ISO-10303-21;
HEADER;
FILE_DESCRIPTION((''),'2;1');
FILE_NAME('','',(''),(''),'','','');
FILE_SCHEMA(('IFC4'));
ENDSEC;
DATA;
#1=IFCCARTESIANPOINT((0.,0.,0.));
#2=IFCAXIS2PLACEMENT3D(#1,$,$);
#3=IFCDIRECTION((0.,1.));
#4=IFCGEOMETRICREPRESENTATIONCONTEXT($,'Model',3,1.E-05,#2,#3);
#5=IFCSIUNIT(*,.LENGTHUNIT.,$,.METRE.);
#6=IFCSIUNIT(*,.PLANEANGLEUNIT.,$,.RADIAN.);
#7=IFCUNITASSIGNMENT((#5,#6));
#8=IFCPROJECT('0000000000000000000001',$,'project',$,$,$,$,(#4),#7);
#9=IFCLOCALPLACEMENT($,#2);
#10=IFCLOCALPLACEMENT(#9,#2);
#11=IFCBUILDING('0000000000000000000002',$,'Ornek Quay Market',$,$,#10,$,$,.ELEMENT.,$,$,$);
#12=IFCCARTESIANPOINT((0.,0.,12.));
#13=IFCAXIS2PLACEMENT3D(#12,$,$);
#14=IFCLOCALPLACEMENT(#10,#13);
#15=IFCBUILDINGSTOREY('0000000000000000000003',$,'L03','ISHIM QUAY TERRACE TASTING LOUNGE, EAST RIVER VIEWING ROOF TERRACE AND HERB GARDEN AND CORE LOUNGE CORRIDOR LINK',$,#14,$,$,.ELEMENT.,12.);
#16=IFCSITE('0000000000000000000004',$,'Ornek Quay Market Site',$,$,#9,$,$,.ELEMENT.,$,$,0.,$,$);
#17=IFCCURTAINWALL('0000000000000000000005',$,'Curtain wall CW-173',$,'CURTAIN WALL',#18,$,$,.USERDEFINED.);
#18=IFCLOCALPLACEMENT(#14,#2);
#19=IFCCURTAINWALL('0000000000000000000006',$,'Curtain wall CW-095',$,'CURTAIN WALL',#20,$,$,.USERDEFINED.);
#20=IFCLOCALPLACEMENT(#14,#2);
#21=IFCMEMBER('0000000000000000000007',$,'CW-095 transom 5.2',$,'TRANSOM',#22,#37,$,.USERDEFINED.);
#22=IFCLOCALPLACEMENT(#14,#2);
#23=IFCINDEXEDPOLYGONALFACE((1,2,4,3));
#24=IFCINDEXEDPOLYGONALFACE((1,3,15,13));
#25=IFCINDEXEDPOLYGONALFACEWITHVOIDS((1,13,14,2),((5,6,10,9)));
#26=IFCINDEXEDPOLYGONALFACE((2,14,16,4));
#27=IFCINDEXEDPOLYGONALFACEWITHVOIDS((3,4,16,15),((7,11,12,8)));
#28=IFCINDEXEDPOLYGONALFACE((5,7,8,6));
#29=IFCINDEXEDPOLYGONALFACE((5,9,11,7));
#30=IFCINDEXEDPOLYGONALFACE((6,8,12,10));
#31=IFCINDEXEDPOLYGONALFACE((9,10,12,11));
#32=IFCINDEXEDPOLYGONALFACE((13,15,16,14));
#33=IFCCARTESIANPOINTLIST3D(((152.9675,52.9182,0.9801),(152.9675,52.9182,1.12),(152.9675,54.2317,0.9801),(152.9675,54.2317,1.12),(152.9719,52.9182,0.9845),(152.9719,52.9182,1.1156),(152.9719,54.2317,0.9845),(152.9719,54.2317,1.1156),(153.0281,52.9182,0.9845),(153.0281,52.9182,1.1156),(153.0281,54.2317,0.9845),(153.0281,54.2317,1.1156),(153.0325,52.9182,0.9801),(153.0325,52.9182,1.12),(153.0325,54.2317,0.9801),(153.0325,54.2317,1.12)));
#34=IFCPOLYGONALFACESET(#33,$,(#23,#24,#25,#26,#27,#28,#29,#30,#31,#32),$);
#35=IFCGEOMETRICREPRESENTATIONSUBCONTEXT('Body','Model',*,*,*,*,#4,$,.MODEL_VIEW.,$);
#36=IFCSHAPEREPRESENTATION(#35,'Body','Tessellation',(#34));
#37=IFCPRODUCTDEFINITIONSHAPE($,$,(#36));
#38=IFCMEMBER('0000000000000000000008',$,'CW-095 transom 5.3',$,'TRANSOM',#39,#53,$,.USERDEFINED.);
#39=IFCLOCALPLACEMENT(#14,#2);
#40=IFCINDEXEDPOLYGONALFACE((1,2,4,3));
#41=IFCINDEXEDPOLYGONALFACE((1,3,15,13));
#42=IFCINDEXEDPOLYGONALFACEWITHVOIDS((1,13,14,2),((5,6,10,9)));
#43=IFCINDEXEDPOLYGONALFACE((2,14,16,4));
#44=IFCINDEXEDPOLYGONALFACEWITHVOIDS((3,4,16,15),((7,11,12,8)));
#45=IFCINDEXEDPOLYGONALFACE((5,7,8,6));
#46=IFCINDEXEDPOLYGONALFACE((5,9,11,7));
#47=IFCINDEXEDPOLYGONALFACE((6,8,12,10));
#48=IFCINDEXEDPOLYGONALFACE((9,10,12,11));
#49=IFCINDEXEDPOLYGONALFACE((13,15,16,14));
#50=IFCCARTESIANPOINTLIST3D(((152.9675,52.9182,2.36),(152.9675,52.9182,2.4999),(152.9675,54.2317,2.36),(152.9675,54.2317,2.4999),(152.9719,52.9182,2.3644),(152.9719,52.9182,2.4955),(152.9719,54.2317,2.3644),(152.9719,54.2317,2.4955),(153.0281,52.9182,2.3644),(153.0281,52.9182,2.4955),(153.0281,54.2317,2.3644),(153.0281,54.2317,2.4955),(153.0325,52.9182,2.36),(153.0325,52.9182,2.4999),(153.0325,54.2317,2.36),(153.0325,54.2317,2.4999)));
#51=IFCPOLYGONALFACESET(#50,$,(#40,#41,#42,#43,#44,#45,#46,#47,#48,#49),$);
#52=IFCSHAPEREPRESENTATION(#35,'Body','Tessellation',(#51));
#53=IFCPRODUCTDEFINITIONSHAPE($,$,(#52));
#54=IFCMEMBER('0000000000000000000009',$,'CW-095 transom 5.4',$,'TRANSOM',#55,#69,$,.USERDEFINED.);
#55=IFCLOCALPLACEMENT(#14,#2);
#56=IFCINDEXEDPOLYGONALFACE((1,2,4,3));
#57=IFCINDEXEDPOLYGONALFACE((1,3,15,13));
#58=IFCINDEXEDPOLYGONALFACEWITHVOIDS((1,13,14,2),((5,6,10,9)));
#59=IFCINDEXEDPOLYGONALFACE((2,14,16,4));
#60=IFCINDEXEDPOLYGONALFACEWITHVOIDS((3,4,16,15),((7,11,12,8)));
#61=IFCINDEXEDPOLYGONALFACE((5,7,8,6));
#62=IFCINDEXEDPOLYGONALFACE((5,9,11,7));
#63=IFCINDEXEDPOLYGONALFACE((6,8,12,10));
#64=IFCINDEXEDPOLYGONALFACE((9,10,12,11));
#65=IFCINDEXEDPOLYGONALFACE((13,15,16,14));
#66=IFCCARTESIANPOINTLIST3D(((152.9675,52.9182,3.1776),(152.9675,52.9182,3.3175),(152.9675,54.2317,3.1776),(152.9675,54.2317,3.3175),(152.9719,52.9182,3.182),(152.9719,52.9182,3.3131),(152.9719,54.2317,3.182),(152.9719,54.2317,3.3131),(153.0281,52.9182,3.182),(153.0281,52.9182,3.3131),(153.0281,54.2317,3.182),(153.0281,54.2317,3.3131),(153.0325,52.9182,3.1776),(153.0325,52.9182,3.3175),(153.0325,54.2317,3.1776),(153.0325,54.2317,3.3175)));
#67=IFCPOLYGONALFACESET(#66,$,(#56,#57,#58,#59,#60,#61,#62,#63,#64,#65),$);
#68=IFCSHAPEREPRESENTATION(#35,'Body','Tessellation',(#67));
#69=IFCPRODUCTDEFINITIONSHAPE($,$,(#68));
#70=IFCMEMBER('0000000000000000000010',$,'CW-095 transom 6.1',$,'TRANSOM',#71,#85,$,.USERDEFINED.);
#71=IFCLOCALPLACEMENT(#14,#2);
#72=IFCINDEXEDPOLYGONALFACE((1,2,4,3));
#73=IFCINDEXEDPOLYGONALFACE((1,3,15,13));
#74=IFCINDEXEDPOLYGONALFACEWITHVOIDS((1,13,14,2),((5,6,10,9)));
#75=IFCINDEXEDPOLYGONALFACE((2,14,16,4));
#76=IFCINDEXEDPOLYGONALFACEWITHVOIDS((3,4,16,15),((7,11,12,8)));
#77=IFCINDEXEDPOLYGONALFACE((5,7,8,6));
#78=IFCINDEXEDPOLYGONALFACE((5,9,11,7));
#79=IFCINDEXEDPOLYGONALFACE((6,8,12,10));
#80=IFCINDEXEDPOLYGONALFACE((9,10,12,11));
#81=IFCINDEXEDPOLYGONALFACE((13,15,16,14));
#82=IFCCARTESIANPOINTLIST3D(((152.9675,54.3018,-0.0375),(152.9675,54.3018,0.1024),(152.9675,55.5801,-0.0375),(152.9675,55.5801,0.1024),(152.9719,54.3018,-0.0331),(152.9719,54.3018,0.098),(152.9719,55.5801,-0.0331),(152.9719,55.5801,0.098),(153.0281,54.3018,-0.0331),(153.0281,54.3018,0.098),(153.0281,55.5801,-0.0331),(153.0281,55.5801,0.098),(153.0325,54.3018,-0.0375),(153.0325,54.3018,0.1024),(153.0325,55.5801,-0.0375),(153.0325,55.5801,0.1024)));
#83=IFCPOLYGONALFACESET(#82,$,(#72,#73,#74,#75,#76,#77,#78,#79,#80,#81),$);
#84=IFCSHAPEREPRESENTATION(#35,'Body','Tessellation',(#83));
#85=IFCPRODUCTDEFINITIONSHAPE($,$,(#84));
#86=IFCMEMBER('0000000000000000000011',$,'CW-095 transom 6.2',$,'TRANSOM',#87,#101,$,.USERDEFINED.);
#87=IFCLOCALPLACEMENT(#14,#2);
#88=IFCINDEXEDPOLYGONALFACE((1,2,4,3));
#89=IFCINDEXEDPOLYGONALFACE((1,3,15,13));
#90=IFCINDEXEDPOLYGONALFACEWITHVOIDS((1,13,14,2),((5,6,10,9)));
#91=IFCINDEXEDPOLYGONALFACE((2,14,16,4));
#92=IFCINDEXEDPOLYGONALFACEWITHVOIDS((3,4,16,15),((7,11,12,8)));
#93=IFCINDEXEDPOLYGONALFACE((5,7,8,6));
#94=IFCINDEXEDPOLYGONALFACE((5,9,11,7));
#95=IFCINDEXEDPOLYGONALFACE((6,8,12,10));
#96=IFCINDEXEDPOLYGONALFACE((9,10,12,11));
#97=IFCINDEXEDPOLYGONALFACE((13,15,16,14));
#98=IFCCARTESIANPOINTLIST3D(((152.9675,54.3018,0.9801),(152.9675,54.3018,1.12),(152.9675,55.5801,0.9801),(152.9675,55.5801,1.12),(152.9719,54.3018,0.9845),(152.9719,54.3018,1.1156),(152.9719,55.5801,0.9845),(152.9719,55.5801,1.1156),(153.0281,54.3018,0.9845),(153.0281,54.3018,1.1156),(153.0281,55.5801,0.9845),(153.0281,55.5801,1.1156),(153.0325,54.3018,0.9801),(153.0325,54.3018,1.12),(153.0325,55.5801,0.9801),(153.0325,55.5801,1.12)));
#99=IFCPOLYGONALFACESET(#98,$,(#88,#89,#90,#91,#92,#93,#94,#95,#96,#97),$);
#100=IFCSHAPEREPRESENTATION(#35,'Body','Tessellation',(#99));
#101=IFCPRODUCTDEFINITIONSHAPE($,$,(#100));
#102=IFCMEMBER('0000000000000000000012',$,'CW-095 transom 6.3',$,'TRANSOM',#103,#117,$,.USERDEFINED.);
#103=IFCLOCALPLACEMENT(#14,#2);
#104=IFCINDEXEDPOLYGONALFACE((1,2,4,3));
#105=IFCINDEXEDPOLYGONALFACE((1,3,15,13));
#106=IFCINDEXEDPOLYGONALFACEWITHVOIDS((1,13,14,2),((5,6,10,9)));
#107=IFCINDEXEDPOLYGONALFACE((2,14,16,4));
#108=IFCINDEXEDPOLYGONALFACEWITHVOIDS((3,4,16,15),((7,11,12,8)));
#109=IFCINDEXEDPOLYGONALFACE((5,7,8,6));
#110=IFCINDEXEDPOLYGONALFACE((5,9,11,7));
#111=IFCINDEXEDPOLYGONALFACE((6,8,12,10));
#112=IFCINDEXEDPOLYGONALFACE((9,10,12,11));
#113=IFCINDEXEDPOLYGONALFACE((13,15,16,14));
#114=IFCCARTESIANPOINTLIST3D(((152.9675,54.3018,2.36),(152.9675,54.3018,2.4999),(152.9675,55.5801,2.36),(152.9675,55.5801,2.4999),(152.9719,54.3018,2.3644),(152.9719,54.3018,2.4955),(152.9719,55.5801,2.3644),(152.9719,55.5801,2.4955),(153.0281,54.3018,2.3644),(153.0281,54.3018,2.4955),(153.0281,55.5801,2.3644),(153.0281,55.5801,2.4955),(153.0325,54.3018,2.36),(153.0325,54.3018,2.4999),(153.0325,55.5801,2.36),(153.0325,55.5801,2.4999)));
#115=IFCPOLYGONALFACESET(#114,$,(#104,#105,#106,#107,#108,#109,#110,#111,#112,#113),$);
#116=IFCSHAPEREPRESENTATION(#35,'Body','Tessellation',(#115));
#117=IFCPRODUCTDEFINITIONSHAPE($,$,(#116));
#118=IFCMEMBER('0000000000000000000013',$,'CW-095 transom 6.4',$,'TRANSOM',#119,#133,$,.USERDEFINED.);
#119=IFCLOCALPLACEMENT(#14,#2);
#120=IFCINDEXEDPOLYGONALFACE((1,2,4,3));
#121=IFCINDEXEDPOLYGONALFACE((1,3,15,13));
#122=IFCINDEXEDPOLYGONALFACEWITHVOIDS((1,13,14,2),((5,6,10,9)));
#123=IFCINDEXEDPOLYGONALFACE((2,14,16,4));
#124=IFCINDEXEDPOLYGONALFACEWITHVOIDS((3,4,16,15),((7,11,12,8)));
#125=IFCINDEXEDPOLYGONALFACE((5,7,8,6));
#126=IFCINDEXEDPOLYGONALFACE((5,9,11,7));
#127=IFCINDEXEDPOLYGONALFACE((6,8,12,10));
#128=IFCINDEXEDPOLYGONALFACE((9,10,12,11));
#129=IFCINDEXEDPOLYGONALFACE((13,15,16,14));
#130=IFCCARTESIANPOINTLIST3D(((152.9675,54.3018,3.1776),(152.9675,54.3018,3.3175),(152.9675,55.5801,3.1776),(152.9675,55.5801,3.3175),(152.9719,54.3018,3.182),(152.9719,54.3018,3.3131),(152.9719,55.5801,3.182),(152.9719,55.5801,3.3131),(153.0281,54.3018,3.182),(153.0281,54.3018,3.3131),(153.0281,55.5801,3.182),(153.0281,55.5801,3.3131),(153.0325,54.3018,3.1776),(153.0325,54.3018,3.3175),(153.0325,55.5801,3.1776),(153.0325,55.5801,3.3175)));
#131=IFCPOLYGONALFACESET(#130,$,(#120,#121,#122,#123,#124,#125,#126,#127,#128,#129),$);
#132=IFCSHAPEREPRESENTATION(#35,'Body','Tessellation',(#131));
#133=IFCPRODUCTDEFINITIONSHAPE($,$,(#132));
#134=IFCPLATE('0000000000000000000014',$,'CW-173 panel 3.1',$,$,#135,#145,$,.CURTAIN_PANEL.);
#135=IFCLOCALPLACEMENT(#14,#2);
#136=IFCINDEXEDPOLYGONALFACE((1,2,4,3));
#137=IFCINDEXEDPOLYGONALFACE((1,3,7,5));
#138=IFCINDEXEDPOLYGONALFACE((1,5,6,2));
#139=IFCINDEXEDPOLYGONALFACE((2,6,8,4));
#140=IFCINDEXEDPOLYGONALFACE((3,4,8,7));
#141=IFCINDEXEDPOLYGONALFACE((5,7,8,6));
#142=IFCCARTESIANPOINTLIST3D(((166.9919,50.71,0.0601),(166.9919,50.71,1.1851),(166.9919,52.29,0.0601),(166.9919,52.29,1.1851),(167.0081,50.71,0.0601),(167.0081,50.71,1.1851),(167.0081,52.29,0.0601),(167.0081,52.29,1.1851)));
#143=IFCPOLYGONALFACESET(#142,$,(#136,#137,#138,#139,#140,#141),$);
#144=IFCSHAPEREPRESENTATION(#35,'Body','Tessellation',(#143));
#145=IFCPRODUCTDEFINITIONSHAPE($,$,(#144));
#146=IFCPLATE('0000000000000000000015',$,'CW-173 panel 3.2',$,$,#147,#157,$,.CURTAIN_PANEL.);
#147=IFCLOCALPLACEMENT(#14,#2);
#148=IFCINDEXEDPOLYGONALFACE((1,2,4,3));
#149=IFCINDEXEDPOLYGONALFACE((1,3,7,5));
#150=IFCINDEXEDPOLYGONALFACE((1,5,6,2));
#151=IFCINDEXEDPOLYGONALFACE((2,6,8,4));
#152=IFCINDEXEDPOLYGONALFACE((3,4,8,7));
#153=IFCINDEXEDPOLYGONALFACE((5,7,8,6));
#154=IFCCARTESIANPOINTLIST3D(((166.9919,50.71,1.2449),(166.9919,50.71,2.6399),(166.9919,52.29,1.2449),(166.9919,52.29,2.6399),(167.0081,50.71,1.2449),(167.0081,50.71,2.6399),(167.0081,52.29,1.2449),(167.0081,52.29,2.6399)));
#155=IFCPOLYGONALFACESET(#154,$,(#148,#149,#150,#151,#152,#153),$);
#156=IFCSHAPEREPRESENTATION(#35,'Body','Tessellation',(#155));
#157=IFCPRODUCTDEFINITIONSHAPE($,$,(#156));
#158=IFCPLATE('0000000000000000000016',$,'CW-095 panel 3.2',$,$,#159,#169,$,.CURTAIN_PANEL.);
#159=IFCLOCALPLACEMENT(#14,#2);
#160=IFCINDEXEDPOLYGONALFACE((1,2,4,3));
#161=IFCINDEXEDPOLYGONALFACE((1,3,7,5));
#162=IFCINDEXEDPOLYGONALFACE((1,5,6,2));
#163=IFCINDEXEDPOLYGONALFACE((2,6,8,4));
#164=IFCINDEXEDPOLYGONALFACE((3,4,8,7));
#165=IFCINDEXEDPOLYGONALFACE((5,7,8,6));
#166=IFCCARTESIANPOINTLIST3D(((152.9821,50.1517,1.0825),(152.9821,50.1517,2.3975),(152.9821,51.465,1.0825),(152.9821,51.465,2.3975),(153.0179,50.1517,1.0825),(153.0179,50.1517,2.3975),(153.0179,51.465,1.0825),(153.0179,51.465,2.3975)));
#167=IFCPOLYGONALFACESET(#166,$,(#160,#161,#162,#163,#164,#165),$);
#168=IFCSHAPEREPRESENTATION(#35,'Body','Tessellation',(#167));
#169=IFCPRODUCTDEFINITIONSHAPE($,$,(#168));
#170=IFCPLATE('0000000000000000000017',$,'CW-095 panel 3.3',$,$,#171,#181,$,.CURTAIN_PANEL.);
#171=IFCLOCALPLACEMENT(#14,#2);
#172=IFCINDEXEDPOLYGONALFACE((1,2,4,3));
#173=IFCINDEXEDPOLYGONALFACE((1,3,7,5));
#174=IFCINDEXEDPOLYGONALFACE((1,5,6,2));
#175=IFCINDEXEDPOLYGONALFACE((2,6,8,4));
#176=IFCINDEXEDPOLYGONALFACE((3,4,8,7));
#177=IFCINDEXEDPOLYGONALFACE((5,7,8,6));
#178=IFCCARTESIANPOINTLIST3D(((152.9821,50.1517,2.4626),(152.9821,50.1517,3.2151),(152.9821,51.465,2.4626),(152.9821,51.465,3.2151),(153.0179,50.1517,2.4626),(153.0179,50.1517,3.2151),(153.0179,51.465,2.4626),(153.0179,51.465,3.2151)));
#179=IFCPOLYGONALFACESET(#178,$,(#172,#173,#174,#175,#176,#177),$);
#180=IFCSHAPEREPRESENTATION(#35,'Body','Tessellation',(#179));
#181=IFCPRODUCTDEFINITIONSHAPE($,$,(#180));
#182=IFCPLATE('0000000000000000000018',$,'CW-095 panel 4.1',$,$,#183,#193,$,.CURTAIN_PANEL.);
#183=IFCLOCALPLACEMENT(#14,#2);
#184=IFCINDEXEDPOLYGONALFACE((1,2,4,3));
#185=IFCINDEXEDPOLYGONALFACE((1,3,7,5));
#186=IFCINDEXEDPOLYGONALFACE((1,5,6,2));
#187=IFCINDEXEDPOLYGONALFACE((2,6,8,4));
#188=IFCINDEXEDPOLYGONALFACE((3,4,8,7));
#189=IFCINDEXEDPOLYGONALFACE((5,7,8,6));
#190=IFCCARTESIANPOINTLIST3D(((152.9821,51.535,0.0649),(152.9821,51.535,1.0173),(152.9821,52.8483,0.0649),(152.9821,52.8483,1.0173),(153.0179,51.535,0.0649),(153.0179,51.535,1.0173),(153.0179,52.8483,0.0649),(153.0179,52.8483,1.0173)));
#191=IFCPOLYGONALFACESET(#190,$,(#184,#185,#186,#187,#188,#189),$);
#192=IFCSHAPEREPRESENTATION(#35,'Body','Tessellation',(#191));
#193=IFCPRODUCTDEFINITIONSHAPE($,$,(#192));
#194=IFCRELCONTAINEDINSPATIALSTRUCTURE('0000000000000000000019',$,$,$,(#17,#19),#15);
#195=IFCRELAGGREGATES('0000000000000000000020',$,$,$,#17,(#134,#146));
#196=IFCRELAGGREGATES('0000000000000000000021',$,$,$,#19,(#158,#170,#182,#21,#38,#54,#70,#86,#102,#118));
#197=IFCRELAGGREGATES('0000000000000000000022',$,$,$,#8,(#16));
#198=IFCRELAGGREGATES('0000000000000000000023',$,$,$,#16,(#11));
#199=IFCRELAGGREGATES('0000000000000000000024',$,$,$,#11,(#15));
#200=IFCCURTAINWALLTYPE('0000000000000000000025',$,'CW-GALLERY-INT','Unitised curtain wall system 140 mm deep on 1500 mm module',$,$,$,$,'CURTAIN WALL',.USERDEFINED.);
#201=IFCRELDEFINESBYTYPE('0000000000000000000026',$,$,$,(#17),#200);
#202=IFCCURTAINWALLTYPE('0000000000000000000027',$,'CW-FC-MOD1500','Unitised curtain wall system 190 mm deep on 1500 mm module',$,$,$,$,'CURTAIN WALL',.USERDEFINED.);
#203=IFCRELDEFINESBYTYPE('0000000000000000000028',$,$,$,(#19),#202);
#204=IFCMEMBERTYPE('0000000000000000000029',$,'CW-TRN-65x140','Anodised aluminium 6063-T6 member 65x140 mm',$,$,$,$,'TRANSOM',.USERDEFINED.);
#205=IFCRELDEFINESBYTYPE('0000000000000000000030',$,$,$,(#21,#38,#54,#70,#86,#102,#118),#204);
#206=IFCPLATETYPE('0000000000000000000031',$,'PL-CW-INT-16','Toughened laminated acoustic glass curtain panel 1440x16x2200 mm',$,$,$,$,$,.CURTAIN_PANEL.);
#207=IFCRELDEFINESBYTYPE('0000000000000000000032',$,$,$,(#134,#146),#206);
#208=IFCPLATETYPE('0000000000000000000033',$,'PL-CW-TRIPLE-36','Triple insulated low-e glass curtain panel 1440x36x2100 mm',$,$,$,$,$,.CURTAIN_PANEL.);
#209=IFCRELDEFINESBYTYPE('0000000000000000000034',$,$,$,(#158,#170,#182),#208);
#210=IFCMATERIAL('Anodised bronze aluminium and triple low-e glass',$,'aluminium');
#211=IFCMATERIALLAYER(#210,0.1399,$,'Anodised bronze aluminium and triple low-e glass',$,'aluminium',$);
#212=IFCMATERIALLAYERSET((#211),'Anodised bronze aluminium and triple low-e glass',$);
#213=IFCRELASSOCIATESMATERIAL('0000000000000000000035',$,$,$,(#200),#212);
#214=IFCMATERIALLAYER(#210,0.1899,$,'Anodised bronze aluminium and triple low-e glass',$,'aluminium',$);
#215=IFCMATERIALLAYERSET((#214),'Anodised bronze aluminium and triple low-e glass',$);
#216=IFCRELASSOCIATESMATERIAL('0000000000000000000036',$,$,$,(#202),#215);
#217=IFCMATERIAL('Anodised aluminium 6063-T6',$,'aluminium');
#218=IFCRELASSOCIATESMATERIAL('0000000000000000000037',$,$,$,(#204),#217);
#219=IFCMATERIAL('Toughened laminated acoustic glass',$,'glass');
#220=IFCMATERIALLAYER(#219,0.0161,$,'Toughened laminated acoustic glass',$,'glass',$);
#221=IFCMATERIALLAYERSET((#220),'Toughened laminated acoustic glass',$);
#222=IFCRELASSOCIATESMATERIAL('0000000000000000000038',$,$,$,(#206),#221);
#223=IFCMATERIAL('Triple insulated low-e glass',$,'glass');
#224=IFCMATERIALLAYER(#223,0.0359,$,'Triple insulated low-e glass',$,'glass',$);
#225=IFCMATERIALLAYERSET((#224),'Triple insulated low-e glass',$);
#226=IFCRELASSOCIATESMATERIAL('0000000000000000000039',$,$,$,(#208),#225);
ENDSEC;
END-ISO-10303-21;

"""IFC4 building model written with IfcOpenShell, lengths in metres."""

from ifc_helpers import new_model, si_unit, direction, frame, origin, origin_2d, place, context, subcontext, project, spatial, rectangle, hollow_rectangle, extrude, material, layer, layer_set, material_profile, profile_set, type_object, element, aggregate, save


model = new_model("IFC4")

# Units and contexts
model_context = context("Model", 3, precision=1e-05, world=origin(), true_north=direction((0.0, 1.0)))
body_context = subcontext(model_context, "Body", "Model", "MODEL_VIEW")
ifc_project = project(units=[si_unit("LENGTHUNIT", "METRE"), si_unit("PLANEANGLEUNIT", "RADIAN")], contexts=[model_context])

# Site, building, storey
site_placement = place(None, origin())
site = spatial("IfcSite", under=ifc_project, at=site_placement, Name="Ornek Quay Market Site", CompositionType="ELEMENT", RefElevation=0.0)
building_placement = place(site_placement, origin())
building = spatial("IfcBuilding", under=site, at=building_placement, Name="Ornek Quay Market", CompositionType="ELEMENT")
storey_placement = place(building_placement, frame((0.0, 0.0, 12.0)))
storey = spatial("IfcBuildingStorey", under=building, at=storey_placement, Name="L03", Description="ISHIM QUAY TERRACE TASTING LOUNGE, EAST RIVER VIEWING ROOF TERRACE AND HERB GARDEN AND CORE LOUNGE CORRIDOR LINK", CompositionType="ELEMENT", Elevation=12.0)

# Curtain wall
ifc_material_1 = material(Name="Anodised bronze aluminium and triple low-e glass", Category="aluminium")
ifc_layer_1 = layer(ifc_material_1, 0.1399, Name="Anodised bronze aluminium and triple low-e glass", Category="aluminium")
ifc_layer_set_1 = layer_set([ifc_layer_1], Name="Anodised bronze aluminium and triple low-e glass")
curtain_wall_type_1 = type_object("IfcCurtainWallType", Name="CW-GALLERY-INT", Description="Unitised curtain wall system 140 mm deep on 1500 mm module", ElementType="CURTAIN WALL", PredefinedType="USERDEFINED", material=ifc_layer_set_1)
curtain_wall_1_placement = place(storey_placement, origin())
curtain_wall_1 = element("IfcCurtainWall", 1, at=curtain_wall_1_placement, inside=storey, type_object=curtain_wall_type_1, Name="Curtain wall CW-173", ObjectType="CURTAIN WALL", PredefinedType="USERDEFINED")
ifc_material_2 = material(Name="Anodised aluminium 6063-T6", Category="aluminium")

# Curtain wall
ifc_layer_2 = layer(ifc_material_1, 0.1899, Name="Anodised bronze aluminium and triple low-e glass", Category="aluminium")
ifc_layer_set_2 = layer_set([ifc_layer_2], Name="Anodised bronze aluminium and triple low-e glass")
curtain_wall_type_2 = type_object("IfcCurtainWallType", Name="CW-FC-MOD1500", Description="Unitised curtain wall system 190 mm deep on 1500 mm module", ElementType="CURTAIN WALL", PredefinedType="USERDEFINED", material=ifc_layer_set_2)
curtain_wall_2_placement = place(storey_placement, origin())
curtain_wall_2 = element("IfcCurtainWall", 2, at=curtain_wall_2_placement, inside=storey, type_object=curtain_wall_type_2, Name="Curtain wall CW-095", ObjectType="CURTAIN WALL", PredefinedType="USERDEFINED")

# Members
ifc_material_profile_1 = material_profile(ifc_material_2, hollow_rectangle(XDim=0.0649, YDim=0.1399, WallThickness=0.0044, at=origin_2d()), Name="CW-TRN-65x140", Category="aluminium")
ifc_profile_set_1 = profile_set([ifc_material_profile_1], Name="Anodised aluminium 6063-T6")
member_type_1 = type_object("IfcMemberType", Name="CW-TRN-65x140", Description="Anodised aluminium 6063-T6 member 65x140 mm", ElementType="TRANSOM", PredefinedType="USERDEFINED", material=ifc_profile_set_1)
member_1_placement = place(storey_placement, frame((153.0, 52.9182, 1.05), z_axis=(0.0, 1.0, 0.0), x_axis=(-1.0, 0.0, 0.0)))
member_1 = element("IfcMember", 3, at=member_1_placement, type_object=member_type_1, Name="CW-095 transom 5.2", ObjectType="TRANSOM", PredefinedType="USERDEFINED", context=body_context, shape_type="SweptSolid", body=[
    extrude(hollow_rectangle(XDim=0.0649, YDim=0.1399, WallThickness=0.0044, at=origin_2d()), origin(), (0.0, 0.0, 1.0), 1.3135),
])
member_2_placement = place(storey_placement, frame((153.0, 52.9182, 2.4299), z_axis=(0.0, 1.0, 0.0), x_axis=(-1.0, 0.0, 0.0)))
member_2 = element("IfcMember", 4, at=member_2_placement, type_object=member_type_1, Name="CW-095 transom 5.3", ObjectType="TRANSOM", PredefinedType="USERDEFINED", context=body_context, shape_type="SweptSolid", body=[
    extrude(hollow_rectangle(XDim=0.0649, YDim=0.1399, WallThickness=0.0044, at=origin_2d()), origin(), (0.0, 0.0, 1.0), 1.3135),
])
member_3_placement = place(storey_placement, frame((153.0, 52.9182, 3.2476), z_axis=(0.0, 1.0, 0.0), x_axis=(-1.0, 0.0, 0.0)))
member_3 = element("IfcMember", 5, at=member_3_placement, type_object=member_type_1, Name="CW-095 transom 5.4", ObjectType="TRANSOM", PredefinedType="USERDEFINED", context=body_context, shape_type="SweptSolid", body=[
    extrude(hollow_rectangle(XDim=0.0649, YDim=0.1399, WallThickness=0.0044, at=origin_2d()), origin(), (0.0, 0.0, 1.0), 1.3135),
])
member_4_placement = place(storey_placement, frame((153.0, 54.3018, 0.0325), z_axis=(0.0, 1.0, 0.0), x_axis=(-1.0, 0.0, 0.0)))
member_4 = element("IfcMember", 6, at=member_4_placement, type_object=member_type_1, Name="CW-095 transom 6.1", ObjectType="TRANSOM", PredefinedType="USERDEFINED", context=body_context, shape_type="SweptSolid", body=[
    extrude(hollow_rectangle(XDim=0.0649, YDim=0.1399, WallThickness=0.0044, at=origin_2d()), origin(), (0.0, 0.0, 1.0), 1.2783),
])
member_5_placement = place(storey_placement, frame((153.0, 54.3018, 1.05), z_axis=(0.0, 1.0, 0.0), x_axis=(-1.0, 0.0, 0.0)))
member_5 = element("IfcMember", 7, at=member_5_placement, type_object=member_type_1, Name="CW-095 transom 6.2", ObjectType="TRANSOM", PredefinedType="USERDEFINED", context=body_context, shape_type="SweptSolid", body=[
    extrude(hollow_rectangle(XDim=0.0649, YDim=0.1399, WallThickness=0.0044, at=origin_2d()), origin(), (0.0, 0.0, 1.0), 1.2783),
])
member_6_placement = place(storey_placement, frame((153.0, 54.3018, 2.4299), z_axis=(0.0, 1.0, 0.0), x_axis=(-1.0, 0.0, 0.0)))
member_6 = element("IfcMember", 8, at=member_6_placement, type_object=member_type_1, Name="CW-095 transom 6.3", ObjectType="TRANSOM", PredefinedType="USERDEFINED", context=body_context, shape_type="SweptSolid", body=[
    extrude(hollow_rectangle(XDim=0.0649, YDim=0.1399, WallThickness=0.0044, at=origin_2d()), origin(), (0.0, 0.0, 1.0), 1.2783),
])
member_7_placement = place(storey_placement, frame((153.0, 54.3018, 3.2476), z_axis=(0.0, 1.0, 0.0), x_axis=(-1.0, 0.0, 0.0)))
member_7 = element("IfcMember", 9, at=member_7_placement, type_object=member_type_1, Name="CW-095 transom 6.4", ObjectType="TRANSOM", PredefinedType="USERDEFINED", context=body_context, shape_type="SweptSolid", body=[
    extrude(hollow_rectangle(XDim=0.0649, YDim=0.1399, WallThickness=0.0044, at=origin_2d()), origin(), (0.0, 0.0, 1.0), 1.2783),
])

# Plates
ifc_material_3 = material(Name="Toughened laminated acoustic glass", Category="glass")
ifc_layer_3 = layer(ifc_material_3, 0.0161, Name="Toughened laminated acoustic glass", Category="glass")
ifc_layer_set_3 = layer_set([ifc_layer_3], Name="Toughened laminated acoustic glass")
plate_type_1 = type_object("IfcPlateType", Name="PL-CW-INT-16", Description="Toughened laminated acoustic glass curtain panel 1440x16x2200 mm", PredefinedType="CURTAIN_PANEL", material=ifc_layer_set_3)
plate_1_placement = place(storey_placement, frame((167.0, 51.5, 0.0601), z_axis=(0.0, 0.0, 1.0), x_axis=(0.0, 1.0, 0.0)))
plate_1 = element("IfcPlate", 10, at=plate_1_placement, type_object=plate_type_1, Name="CW-173 panel 3.1", PredefinedType="CURTAIN_PANEL", context=body_context, shape_type="SweptSolid", body=[
    extrude(rectangle(XDim=1.5801, YDim=0.0161, at=origin_2d()), origin(), (0.0, 0.0, 1.0), 1.125),
])
plate_2_placement = place(storey_placement, frame((167.0, 51.5, 1.2449), z_axis=(0.0, 0.0, 1.0), x_axis=(0.0, 1.0, 0.0)))
plate_2 = element("IfcPlate", 11, at=plate_2_placement, type_object=plate_type_1, Name="CW-173 panel 3.2", PredefinedType="CURTAIN_PANEL", context=body_context, shape_type="SweptSolid", body=[
    extrude(rectangle(XDim=1.5801, YDim=0.0161, at=origin_2d()), origin(), (0.0, 0.0, 1.0), 1.395),
])
aggregate(curtain_wall_1, [plate_1, plate_2])
ifc_material_4 = material(Name="Triple insulated low-e glass", Category="glass")
ifc_layer_4 = layer(ifc_material_4, 0.0359, Name="Triple insulated low-e glass", Category="glass")
ifc_layer_set_4 = layer_set([ifc_layer_4], Name="Triple insulated low-e glass")
plate_type_2 = type_object("IfcPlateType", Name="PL-CW-TRIPLE-36", Description="Triple insulated low-e glass curtain panel 1440x36x2100 mm", PredefinedType="CURTAIN_PANEL", material=ifc_layer_set_4)
plate_3_placement = place(storey_placement, frame((153.0, 50.8083, 1.0825), z_axis=(0.0, 0.0, 1.0), x_axis=(0.0, 1.0, 0.0)))
plate_3 = element("IfcPlate", 12, at=plate_3_placement, type_object=plate_type_2, Name="CW-095 panel 3.2", PredefinedType="CURTAIN_PANEL", context=body_context, shape_type="SweptSolid", body=[
    extrude(rectangle(XDim=1.3132, YDim=0.0359, at=origin_2d()), origin(), (0.0, 0.0, 1.0), 1.3149),
])
plate_4_placement = place(storey_placement, frame((153.0, 50.8083, 2.4626), z_axis=(0.0, 0.0, 1.0), x_axis=(0.0, 1.0, 0.0)))
plate_4 = element("IfcPlate", 13, at=plate_4_placement, type_object=plate_type_2, Name="CW-095 panel 3.3", PredefinedType="CURTAIN_PANEL", context=body_context, shape_type="SweptSolid", body=[
    extrude(rectangle(XDim=1.3132, YDim=0.0359, at=origin_2d()), origin(), (0.0, 0.0, 1.0), 0.7524),
])
plate_5_placement = place(storey_placement, frame((153.0, 52.1917, 0.0649), z_axis=(0.0, 0.0, 1.0), x_axis=(0.0, 1.0, 0.0)))
plate_5 = element("IfcPlate", 14, at=plate_5_placement, type_object=plate_type_2, Name="CW-095 panel 4.1", PredefinedType="CURTAIN_PANEL", context=body_context, shape_type="SweptSolid", body=[
    extrude(rectangle(XDim=1.3132, YDim=0.0359, at=origin_2d()), origin(), (0.0, 0.0, 1.0), 0.9524),
])
aggregate(curtain_wall_2, [plate_3, plate_4, plate_5, member_1, member_2, member_3, member_4, member_5, member_6, member_7])

save(model, "model.ifc")
